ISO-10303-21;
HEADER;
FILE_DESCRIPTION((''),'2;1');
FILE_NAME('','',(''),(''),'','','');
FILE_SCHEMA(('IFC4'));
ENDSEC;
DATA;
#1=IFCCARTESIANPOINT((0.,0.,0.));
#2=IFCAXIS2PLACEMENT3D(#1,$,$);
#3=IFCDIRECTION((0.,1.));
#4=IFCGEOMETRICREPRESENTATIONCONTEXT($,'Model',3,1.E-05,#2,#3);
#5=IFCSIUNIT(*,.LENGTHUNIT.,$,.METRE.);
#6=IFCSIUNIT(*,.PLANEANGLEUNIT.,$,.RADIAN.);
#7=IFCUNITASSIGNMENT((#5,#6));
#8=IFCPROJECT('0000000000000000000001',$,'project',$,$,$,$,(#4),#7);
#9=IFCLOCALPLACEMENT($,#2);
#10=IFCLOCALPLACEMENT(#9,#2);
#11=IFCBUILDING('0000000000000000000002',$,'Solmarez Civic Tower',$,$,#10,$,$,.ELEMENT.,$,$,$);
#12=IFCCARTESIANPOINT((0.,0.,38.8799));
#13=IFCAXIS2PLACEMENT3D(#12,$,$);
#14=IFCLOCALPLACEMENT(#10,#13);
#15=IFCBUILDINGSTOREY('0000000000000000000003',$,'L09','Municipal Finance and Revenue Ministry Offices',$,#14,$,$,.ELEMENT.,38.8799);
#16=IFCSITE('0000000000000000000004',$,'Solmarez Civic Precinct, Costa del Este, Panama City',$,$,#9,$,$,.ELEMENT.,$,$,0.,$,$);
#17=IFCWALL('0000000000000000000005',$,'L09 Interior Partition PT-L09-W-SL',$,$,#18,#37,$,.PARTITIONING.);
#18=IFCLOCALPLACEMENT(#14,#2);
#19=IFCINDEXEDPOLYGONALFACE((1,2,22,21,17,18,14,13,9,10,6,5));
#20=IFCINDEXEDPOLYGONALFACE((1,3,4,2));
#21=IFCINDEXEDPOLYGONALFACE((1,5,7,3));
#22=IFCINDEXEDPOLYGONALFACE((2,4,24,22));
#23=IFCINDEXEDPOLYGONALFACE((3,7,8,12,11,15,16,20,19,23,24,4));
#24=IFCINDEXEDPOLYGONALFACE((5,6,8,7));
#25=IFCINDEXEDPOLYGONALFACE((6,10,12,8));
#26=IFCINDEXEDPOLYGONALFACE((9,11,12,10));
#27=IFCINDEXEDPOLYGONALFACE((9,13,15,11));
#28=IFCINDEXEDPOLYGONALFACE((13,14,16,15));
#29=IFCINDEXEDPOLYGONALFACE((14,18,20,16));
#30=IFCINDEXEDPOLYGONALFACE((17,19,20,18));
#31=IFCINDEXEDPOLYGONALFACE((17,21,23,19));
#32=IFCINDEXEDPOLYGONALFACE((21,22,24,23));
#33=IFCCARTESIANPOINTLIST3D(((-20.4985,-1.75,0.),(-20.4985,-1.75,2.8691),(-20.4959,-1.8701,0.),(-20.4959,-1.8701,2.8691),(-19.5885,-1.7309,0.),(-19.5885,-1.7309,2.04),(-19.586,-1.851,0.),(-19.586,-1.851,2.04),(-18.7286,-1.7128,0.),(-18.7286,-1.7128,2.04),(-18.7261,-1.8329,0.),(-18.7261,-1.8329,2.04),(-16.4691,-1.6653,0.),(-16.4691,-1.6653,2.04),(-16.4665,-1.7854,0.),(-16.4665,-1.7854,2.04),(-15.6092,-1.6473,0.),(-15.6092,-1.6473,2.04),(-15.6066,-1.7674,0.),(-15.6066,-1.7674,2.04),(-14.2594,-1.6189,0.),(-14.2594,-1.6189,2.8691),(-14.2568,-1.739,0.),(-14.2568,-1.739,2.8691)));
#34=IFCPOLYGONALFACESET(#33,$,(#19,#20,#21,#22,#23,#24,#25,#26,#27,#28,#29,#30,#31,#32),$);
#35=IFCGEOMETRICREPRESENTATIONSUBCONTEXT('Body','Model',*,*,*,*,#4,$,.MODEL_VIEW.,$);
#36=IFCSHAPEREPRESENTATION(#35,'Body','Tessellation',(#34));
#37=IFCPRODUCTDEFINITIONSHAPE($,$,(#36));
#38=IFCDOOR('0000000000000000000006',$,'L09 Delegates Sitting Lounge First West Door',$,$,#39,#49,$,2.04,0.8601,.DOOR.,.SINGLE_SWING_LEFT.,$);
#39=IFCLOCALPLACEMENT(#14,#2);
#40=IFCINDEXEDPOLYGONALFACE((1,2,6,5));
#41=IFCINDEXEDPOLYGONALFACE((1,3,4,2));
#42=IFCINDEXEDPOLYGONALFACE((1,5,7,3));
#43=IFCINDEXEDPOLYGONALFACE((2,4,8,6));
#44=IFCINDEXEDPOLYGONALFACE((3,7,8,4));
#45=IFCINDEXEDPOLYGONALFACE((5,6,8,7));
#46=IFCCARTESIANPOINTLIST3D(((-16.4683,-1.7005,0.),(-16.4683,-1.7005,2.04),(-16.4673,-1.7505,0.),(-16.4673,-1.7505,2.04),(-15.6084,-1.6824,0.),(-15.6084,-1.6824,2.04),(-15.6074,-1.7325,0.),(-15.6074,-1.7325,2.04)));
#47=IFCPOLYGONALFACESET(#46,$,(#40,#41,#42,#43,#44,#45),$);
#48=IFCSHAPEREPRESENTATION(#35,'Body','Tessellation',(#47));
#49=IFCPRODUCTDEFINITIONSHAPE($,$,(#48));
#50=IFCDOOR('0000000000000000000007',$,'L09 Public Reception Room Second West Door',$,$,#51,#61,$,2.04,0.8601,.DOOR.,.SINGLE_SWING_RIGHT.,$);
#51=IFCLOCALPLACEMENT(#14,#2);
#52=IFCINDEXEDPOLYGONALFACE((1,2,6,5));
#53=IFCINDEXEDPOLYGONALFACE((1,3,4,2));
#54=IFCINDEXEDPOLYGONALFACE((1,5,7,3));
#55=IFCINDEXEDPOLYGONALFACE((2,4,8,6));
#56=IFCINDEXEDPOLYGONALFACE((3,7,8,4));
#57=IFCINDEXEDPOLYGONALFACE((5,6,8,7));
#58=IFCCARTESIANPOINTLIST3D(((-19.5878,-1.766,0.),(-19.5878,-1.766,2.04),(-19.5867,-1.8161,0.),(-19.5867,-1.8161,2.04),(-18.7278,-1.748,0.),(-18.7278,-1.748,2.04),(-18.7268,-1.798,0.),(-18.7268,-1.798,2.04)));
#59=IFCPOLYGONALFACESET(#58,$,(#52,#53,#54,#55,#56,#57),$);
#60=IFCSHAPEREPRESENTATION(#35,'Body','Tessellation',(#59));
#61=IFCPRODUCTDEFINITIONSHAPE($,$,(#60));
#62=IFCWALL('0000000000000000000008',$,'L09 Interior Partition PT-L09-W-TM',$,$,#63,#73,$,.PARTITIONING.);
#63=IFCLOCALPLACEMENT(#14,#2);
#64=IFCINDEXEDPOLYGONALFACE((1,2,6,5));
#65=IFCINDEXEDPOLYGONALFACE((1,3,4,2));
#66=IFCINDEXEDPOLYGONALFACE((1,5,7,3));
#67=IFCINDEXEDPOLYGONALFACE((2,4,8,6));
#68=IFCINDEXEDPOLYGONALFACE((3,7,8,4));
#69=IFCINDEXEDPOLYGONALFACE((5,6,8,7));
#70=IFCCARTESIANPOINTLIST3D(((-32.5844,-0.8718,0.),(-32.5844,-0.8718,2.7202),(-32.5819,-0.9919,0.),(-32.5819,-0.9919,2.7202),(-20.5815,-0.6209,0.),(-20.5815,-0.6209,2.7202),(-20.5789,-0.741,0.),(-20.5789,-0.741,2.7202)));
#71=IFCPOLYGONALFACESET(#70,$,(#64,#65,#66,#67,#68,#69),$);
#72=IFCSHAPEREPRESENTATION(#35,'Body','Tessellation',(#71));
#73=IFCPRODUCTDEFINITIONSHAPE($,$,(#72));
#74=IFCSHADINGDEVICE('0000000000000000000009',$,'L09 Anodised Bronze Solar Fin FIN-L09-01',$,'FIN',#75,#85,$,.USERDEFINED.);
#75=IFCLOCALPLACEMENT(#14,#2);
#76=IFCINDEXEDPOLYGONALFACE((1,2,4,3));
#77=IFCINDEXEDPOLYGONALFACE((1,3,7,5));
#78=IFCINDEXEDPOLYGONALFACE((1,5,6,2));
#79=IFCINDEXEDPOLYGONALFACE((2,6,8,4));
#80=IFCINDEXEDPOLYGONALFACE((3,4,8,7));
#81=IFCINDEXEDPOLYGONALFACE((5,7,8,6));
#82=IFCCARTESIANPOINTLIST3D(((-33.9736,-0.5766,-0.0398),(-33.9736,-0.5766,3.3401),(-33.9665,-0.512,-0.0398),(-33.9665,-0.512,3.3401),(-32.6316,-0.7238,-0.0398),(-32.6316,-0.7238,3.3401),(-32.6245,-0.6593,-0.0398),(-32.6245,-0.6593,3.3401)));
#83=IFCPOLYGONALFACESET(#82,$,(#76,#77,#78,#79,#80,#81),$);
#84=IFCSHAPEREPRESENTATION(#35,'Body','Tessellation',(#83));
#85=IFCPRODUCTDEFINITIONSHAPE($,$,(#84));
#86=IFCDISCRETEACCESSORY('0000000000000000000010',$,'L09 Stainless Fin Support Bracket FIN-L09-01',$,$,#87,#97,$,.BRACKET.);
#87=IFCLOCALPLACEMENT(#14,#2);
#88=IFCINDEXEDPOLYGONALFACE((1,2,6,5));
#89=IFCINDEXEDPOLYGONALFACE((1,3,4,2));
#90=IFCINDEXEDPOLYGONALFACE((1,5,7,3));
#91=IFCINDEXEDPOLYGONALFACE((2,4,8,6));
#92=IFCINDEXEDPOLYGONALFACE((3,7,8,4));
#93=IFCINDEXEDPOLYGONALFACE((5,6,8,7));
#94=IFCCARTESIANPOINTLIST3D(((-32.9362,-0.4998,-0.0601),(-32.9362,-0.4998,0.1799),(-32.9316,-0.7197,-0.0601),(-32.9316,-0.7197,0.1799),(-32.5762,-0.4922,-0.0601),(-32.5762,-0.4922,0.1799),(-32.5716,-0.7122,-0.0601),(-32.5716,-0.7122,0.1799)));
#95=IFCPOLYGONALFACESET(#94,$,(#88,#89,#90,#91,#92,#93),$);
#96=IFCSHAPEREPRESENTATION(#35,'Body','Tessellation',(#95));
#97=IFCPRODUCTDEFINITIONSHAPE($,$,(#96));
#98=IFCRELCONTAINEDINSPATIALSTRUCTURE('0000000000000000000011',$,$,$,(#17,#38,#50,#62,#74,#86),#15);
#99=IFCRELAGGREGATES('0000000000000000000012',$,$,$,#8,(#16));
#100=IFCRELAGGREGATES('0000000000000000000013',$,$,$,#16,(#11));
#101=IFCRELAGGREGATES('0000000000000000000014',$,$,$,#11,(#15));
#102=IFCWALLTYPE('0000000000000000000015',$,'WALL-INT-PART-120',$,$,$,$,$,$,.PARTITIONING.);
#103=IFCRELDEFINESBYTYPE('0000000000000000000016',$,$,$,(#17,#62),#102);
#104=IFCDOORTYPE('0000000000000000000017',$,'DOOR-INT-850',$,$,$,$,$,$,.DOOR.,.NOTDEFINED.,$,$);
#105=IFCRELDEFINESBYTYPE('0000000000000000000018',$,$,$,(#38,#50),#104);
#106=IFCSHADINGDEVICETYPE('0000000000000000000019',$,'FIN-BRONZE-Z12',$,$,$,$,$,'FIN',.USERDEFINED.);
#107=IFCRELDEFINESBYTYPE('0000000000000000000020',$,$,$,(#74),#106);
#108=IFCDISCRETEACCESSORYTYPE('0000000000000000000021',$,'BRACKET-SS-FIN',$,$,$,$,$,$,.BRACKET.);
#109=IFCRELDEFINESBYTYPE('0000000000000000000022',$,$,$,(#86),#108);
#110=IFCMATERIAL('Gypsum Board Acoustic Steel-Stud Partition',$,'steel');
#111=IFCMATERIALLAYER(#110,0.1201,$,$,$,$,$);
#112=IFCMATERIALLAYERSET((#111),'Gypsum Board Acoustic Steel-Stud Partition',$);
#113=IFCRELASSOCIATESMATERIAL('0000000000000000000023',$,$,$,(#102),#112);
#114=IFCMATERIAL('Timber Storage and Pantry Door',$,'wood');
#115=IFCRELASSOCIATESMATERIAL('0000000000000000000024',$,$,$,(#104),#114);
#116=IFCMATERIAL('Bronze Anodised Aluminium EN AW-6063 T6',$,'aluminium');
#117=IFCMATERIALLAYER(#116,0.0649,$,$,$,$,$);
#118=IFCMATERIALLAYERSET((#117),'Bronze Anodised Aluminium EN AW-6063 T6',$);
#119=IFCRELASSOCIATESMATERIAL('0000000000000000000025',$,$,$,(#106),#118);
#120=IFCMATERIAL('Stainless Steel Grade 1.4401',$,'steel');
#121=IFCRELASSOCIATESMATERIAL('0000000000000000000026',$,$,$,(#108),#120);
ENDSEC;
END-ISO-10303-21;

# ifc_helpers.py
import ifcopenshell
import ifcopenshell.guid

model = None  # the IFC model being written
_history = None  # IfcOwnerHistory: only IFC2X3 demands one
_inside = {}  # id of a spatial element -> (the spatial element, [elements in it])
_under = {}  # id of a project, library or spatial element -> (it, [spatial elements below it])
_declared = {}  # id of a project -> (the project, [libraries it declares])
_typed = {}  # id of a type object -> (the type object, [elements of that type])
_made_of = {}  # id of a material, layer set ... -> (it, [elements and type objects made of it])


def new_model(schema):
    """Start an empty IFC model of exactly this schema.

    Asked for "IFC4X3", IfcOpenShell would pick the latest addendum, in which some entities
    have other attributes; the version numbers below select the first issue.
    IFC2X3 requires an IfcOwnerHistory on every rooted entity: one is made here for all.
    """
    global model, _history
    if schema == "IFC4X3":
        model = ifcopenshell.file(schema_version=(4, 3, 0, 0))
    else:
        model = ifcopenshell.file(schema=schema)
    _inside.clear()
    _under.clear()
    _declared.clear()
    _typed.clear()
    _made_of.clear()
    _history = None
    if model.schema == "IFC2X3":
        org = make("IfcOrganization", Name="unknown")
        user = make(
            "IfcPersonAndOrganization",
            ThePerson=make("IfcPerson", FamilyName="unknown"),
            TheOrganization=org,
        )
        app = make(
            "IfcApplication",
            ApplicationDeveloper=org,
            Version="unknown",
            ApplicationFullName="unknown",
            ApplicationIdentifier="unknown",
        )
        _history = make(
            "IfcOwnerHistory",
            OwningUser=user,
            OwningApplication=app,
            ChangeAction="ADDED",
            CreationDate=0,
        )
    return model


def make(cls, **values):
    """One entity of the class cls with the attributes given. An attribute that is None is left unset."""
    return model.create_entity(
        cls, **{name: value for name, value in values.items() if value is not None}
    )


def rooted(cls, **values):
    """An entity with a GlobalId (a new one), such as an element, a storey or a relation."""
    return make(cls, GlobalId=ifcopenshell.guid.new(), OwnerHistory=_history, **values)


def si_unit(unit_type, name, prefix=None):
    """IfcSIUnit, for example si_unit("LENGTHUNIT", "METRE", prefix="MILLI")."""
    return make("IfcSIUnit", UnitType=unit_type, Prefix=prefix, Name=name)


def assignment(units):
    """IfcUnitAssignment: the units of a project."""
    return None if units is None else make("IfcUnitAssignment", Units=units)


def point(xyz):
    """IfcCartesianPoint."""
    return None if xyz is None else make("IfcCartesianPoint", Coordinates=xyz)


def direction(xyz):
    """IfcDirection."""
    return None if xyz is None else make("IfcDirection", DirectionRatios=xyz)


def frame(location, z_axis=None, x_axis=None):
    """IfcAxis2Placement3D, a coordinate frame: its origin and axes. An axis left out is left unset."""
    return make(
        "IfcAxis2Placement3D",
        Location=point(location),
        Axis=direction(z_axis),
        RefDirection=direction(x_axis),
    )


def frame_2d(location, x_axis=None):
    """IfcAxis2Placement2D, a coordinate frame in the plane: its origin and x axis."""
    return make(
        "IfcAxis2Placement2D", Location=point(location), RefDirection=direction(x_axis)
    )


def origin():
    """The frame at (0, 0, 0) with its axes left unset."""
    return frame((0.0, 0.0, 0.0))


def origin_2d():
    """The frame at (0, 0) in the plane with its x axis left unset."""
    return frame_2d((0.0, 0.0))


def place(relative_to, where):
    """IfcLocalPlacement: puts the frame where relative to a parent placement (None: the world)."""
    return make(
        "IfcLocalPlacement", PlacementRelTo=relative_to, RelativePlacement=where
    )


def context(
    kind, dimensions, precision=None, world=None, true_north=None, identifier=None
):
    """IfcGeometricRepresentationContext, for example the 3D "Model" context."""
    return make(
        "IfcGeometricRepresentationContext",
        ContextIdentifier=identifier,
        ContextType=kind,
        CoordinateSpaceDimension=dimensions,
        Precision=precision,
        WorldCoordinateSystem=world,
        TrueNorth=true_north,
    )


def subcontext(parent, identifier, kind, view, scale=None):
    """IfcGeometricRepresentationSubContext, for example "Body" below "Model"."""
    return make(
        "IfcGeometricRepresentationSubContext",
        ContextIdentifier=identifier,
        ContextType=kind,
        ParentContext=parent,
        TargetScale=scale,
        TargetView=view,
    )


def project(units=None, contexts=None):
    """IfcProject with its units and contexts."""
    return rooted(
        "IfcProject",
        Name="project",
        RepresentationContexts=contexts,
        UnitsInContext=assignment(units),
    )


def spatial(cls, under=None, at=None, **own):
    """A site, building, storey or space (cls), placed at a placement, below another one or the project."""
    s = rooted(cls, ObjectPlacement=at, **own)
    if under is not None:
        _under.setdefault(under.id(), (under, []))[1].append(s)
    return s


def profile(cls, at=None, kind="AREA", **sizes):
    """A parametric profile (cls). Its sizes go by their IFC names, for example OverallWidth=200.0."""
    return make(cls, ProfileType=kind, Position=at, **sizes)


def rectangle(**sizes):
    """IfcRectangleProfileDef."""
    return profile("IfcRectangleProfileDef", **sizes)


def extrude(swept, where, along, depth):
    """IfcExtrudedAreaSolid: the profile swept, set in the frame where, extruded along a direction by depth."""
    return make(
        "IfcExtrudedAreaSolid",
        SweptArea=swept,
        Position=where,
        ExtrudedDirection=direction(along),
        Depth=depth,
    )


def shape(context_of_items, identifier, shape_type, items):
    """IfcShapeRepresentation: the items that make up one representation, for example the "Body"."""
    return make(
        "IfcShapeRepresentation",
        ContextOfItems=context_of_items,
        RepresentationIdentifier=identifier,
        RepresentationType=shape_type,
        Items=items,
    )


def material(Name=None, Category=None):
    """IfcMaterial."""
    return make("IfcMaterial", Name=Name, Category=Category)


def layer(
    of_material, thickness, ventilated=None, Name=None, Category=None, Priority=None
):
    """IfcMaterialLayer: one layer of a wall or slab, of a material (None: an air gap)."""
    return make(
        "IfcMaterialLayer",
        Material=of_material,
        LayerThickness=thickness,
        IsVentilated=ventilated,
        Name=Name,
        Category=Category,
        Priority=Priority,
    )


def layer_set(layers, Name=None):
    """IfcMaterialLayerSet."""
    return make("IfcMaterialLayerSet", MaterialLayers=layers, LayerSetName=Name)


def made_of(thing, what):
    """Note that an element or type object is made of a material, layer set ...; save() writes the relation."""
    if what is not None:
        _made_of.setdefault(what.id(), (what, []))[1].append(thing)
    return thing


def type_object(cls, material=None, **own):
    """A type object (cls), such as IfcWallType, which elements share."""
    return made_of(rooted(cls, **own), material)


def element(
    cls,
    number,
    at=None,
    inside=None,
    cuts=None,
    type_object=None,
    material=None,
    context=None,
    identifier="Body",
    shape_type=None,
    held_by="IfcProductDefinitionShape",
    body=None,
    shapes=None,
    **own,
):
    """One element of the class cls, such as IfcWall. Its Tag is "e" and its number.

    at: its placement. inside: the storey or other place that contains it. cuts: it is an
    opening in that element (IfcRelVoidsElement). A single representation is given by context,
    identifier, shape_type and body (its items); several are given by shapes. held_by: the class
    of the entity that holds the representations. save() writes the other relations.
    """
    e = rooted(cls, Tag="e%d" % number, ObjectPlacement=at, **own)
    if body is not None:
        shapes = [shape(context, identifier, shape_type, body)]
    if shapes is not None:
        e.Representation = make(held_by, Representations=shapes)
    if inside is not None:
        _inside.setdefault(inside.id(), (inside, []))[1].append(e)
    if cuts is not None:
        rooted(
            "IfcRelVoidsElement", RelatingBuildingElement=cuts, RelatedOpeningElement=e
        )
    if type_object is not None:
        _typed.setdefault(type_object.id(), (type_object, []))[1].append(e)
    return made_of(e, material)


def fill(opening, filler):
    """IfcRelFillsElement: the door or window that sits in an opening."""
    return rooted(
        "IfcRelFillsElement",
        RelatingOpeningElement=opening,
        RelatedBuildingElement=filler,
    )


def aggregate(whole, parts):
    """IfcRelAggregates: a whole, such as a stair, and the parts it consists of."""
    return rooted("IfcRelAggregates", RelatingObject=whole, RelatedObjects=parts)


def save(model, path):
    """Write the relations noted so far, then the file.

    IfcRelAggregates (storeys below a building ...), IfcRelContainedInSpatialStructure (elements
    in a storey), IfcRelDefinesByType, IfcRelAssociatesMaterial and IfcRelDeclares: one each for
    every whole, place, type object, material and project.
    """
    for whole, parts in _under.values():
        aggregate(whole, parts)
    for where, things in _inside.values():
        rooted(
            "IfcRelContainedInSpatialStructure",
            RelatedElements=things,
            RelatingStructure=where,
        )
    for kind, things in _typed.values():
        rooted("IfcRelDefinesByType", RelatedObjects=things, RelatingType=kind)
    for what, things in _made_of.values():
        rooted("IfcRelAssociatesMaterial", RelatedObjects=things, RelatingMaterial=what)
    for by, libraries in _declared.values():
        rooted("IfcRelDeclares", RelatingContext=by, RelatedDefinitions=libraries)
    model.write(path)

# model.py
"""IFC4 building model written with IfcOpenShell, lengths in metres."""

from ifc_helpers import new_model, si_unit, direction, frame, frame_2d, origin, origin_2d, place, context, subcontext, project, spatial, rectangle, extrude, material, layer, layer_set, type_object, element, fill, save


model = new_model("IFC4")

# Units and contexts
model_context = context("Model", 3, precision=1e-05, world=origin(), true_north=direction((0.0, 1.0)))
body_context = subcontext(model_context, "Body", "Model", "MODEL_VIEW")
ifc_project = project(units=[si_unit("LENGTHUNIT", "METRE"), si_unit("PLANEANGLEUNIT", "RADIAN")], contexts=[model_context])

# Site, building, storey
site_placement = place(None, origin())
site = spatial("IfcSite", under=ifc_project, at=site_placement, Name="Solmarez Civic Precinct, Costa del Este, Panama City", CompositionType="ELEMENT", RefElevation=0.0)
building_placement = place(site_placement, origin())
building = spatial("IfcBuilding", under=site, at=building_placement, Name="Solmarez Civic Tower", CompositionType="ELEMENT")
storey_placement = place(building_placement, frame((0.0, 0.0, 38.8799)))
storey = spatial("IfcBuildingStorey", under=building, at=storey_placement, Name="L09", Description="Municipal Finance and Revenue Ministry Offices", CompositionType="ELEMENT", Elevation=38.8799)

# Shared definitions
ifc_material_1 = material(Name="Bronze Anodised Aluminium EN AW-6063 T6", Category="aluminium")

# Wall, openings, doors
ifc_material_2 = material(Name="Gypsum Board Acoustic Steel-Stud Partition", Category="steel")
ifc_layer_1 = layer(ifc_material_2, 0.1201)
ifc_layer_set_1 = layer_set([ifc_layer_1], Name="Gypsum Board Acoustic Steel-Stud Partition")
wall_type = type_object("IfcWallType", Name="WALL-INT-PART-120", PredefinedType="PARTITIONING", material=ifc_layer_set_1)
wall_1_placement = place(storey_placement, frame((-20.4971, -1.8101, 0.0), z_axis=(0.0, 0.0, 1.0), x_axis=(0.999779, 0.021009, 0.0)))
wall_1 = element("IfcWall", 1, at=wall_1_placement, inside=storey, type_object=wall_type, Name="L09 Interior Partition PT-L09-W-SL", PredefinedType="PARTITIONING", context=body_context, shape_type="SweptSolid", body=[
    extrude(rectangle(XDim=6.2405, YDim=0.1201, at=frame_2d((3.1201, 0.0))), origin(), (0.0, 0.0, 1.0), 2.8691),
])
opening_1_placement = place(wall_1_placement, frame((4.03, 0.0, 0.0)))
opening_1 = element("IfcOpeningElement", 2, at=opening_1_placement, cuts=wall_1, PredefinedType="OPENING", context=body_context, shape_type="SweptSolid", body=[
    extrude(rectangle(XDim=0.8601, YDim=2.04, at=frame_2d((0.4302, 1.02))), frame((0.0, 0.0701, 0.0), z_axis=(0.0, -1.0, 0.0), x_axis=(1.0, 0.0, 0.0)), (0.0, 0.0, 1.0), 0.1401),
])
opening_2_placement = place(wall_1_placement, frame((0.9099, 0.0, 0.0)))
opening_2 = element("IfcOpeningElement", 3, at=opening_2_placement, cuts=wall_1, PredefinedType="OPENING", context=body_context, shape_type="SweptSolid", body=[
    extrude(rectangle(XDim=0.8601, YDim=2.04, at=frame_2d((0.4302, 1.02))), frame((0.0, 0.0701, 0.0), z_axis=(0.0, -1.0, 0.0), x_axis=(1.0, 0.0, 0.0)), (0.0, 0.0, 1.0), 0.1401),
])
ifc_material_3 = material(Name="Timber Storage and Pantry Door", Category="wood")
door_type = type_object("IfcDoorType", Name="DOOR-INT-850", OperationType="NOTDEFINED", PredefinedType="DOOR", material=ifc_material_3)
door_1_placement = place(opening_1_placement, origin())
door_1 = element("IfcDoor", 4, at=door_1_placement, inside=storey, type_object=door_type, Name="L09 Delegates Sitting Lounge First West Door", OperationType="SINGLE_SWING_LEFT", OverallHeight=2.04, OverallWidth=0.8601, PredefinedType="DOOR", context=body_context, shape_type="SweptSolid", body=[
    extrude(rectangle(XDim=0.8601, YDim=2.04, at=frame_2d((0.4302, 1.02))), frame((0.0, 0.0249, 0.0), z_axis=(0.0, -1.0, 0.0), x_axis=(1.0, 0.0, 0.0)), (0.0, 0.0, 1.0), 0.05),
])
fill(opening_1, door_1)
door_2_placement = place(opening_2_placement, origin())
door_2 = element("IfcDoor", 5, at=door_2_placement, inside=storey, type_object=door_type, Name="L09 Public Reception Room Second West Door", OperationType="SINGLE_SWING_RIGHT", OverallHeight=2.04, OverallWidth=0.8601, PredefinedType="DOOR", context=body_context, shape_type="SweptSolid", body=[
    extrude(rectangle(XDim=0.8601, YDim=2.04, at=frame_2d((0.4302, 1.02))), frame((0.0, 0.0249, 0.0), z_axis=(0.0, -1.0, 0.0), x_axis=(1.0, 0.0, 0.0)), (0.0, 0.0, 1.0), 0.05),
])
fill(opening_2, door_2)

# Wall
wall_2_placement = place(storey_placement, frame((-20.5801, -0.6809, 0.0), z_axis=(0.0, 0.0, 1.0), x_axis=(-0.999781, -0.020905, 0.0)))
element("IfcWall", 6, at=wall_2_placement, inside=storey, type_object=wall_type, Name="L09 Interior Partition PT-L09-W-TM", PredefinedType="PARTITIONING", context=body_context, shape_type="SweptSolid", body=[
    extrude(rectangle(XDim=12.0056, YDim=0.1201, at=frame_2d((6.0029, 0.0))), origin(), (0.0, 0.0, 1.0), 2.7202),
])

# Shading device
ifc_layer_2 = layer(ifc_material_1, 0.0649)
ifc_layer_set_2 = layer_set([ifc_layer_2], Name="Bronze Anodised Aluminium EN AW-6063 T6")
shading_device_type = type_object("IfcShadingDeviceType", Name="FIN-BRONZE-Z12", ElementType="FIN", PredefinedType="USERDEFINED", material=ifc_layer_set_2)
shading_device_placement = place(storey_placement, frame((-33.2991, -0.6179, -0.0398), z_axis=(0.0, 0.0, 1.0), x_axis=(-0.994032, 0.109092, 0.0)))
element("IfcShadingDevice", 7, at=shading_device_placement, inside=storey, type_object=shading_device_type, Name="L09 Anodised Bronze Solar Fin FIN-L09-01", ObjectType="FIN", PredefinedType="USERDEFINED", context=body_context, shape_type="SweptSolid", body=[
    extrude(rectangle(XDim=1.3501, YDim=0.0649, at=origin_2d()), origin(), (0.0, 0.0, 1.0), 3.3799),
])

# Discrete accessory
ifc_material_4 = material(Name="Stainless Steel Grade 1.4401", Category="steel")
discrete_accessory_type = type_object("IfcDiscreteAccessoryType", Name="BRACKET-SS-FIN", PredefinedType="BRACKET", material=ifc_material_4)
discrete_accessory_placement = place(storey_placement, frame((-32.7539, -0.606, -0.0601), z_axis=(0.0, 0.0, 1.0), x_axis=(-0.999782, -0.020865, 0.0)))
element("IfcDiscreteAccessory", 8, at=discrete_accessory_placement, inside=storey, type_object=discrete_accessory_type, Name="L09 Stainless Fin Support Bracket FIN-L09-01", PredefinedType="BRACKET", context=body_context, shape_type="SweptSolid", body=[
    extrude(rectangle(XDim=0.3601, YDim=0.22, at=origin_2d()), origin(), (0.0, 0.0, 1.0), 0.24),
])

save(model, "model.ifc")
